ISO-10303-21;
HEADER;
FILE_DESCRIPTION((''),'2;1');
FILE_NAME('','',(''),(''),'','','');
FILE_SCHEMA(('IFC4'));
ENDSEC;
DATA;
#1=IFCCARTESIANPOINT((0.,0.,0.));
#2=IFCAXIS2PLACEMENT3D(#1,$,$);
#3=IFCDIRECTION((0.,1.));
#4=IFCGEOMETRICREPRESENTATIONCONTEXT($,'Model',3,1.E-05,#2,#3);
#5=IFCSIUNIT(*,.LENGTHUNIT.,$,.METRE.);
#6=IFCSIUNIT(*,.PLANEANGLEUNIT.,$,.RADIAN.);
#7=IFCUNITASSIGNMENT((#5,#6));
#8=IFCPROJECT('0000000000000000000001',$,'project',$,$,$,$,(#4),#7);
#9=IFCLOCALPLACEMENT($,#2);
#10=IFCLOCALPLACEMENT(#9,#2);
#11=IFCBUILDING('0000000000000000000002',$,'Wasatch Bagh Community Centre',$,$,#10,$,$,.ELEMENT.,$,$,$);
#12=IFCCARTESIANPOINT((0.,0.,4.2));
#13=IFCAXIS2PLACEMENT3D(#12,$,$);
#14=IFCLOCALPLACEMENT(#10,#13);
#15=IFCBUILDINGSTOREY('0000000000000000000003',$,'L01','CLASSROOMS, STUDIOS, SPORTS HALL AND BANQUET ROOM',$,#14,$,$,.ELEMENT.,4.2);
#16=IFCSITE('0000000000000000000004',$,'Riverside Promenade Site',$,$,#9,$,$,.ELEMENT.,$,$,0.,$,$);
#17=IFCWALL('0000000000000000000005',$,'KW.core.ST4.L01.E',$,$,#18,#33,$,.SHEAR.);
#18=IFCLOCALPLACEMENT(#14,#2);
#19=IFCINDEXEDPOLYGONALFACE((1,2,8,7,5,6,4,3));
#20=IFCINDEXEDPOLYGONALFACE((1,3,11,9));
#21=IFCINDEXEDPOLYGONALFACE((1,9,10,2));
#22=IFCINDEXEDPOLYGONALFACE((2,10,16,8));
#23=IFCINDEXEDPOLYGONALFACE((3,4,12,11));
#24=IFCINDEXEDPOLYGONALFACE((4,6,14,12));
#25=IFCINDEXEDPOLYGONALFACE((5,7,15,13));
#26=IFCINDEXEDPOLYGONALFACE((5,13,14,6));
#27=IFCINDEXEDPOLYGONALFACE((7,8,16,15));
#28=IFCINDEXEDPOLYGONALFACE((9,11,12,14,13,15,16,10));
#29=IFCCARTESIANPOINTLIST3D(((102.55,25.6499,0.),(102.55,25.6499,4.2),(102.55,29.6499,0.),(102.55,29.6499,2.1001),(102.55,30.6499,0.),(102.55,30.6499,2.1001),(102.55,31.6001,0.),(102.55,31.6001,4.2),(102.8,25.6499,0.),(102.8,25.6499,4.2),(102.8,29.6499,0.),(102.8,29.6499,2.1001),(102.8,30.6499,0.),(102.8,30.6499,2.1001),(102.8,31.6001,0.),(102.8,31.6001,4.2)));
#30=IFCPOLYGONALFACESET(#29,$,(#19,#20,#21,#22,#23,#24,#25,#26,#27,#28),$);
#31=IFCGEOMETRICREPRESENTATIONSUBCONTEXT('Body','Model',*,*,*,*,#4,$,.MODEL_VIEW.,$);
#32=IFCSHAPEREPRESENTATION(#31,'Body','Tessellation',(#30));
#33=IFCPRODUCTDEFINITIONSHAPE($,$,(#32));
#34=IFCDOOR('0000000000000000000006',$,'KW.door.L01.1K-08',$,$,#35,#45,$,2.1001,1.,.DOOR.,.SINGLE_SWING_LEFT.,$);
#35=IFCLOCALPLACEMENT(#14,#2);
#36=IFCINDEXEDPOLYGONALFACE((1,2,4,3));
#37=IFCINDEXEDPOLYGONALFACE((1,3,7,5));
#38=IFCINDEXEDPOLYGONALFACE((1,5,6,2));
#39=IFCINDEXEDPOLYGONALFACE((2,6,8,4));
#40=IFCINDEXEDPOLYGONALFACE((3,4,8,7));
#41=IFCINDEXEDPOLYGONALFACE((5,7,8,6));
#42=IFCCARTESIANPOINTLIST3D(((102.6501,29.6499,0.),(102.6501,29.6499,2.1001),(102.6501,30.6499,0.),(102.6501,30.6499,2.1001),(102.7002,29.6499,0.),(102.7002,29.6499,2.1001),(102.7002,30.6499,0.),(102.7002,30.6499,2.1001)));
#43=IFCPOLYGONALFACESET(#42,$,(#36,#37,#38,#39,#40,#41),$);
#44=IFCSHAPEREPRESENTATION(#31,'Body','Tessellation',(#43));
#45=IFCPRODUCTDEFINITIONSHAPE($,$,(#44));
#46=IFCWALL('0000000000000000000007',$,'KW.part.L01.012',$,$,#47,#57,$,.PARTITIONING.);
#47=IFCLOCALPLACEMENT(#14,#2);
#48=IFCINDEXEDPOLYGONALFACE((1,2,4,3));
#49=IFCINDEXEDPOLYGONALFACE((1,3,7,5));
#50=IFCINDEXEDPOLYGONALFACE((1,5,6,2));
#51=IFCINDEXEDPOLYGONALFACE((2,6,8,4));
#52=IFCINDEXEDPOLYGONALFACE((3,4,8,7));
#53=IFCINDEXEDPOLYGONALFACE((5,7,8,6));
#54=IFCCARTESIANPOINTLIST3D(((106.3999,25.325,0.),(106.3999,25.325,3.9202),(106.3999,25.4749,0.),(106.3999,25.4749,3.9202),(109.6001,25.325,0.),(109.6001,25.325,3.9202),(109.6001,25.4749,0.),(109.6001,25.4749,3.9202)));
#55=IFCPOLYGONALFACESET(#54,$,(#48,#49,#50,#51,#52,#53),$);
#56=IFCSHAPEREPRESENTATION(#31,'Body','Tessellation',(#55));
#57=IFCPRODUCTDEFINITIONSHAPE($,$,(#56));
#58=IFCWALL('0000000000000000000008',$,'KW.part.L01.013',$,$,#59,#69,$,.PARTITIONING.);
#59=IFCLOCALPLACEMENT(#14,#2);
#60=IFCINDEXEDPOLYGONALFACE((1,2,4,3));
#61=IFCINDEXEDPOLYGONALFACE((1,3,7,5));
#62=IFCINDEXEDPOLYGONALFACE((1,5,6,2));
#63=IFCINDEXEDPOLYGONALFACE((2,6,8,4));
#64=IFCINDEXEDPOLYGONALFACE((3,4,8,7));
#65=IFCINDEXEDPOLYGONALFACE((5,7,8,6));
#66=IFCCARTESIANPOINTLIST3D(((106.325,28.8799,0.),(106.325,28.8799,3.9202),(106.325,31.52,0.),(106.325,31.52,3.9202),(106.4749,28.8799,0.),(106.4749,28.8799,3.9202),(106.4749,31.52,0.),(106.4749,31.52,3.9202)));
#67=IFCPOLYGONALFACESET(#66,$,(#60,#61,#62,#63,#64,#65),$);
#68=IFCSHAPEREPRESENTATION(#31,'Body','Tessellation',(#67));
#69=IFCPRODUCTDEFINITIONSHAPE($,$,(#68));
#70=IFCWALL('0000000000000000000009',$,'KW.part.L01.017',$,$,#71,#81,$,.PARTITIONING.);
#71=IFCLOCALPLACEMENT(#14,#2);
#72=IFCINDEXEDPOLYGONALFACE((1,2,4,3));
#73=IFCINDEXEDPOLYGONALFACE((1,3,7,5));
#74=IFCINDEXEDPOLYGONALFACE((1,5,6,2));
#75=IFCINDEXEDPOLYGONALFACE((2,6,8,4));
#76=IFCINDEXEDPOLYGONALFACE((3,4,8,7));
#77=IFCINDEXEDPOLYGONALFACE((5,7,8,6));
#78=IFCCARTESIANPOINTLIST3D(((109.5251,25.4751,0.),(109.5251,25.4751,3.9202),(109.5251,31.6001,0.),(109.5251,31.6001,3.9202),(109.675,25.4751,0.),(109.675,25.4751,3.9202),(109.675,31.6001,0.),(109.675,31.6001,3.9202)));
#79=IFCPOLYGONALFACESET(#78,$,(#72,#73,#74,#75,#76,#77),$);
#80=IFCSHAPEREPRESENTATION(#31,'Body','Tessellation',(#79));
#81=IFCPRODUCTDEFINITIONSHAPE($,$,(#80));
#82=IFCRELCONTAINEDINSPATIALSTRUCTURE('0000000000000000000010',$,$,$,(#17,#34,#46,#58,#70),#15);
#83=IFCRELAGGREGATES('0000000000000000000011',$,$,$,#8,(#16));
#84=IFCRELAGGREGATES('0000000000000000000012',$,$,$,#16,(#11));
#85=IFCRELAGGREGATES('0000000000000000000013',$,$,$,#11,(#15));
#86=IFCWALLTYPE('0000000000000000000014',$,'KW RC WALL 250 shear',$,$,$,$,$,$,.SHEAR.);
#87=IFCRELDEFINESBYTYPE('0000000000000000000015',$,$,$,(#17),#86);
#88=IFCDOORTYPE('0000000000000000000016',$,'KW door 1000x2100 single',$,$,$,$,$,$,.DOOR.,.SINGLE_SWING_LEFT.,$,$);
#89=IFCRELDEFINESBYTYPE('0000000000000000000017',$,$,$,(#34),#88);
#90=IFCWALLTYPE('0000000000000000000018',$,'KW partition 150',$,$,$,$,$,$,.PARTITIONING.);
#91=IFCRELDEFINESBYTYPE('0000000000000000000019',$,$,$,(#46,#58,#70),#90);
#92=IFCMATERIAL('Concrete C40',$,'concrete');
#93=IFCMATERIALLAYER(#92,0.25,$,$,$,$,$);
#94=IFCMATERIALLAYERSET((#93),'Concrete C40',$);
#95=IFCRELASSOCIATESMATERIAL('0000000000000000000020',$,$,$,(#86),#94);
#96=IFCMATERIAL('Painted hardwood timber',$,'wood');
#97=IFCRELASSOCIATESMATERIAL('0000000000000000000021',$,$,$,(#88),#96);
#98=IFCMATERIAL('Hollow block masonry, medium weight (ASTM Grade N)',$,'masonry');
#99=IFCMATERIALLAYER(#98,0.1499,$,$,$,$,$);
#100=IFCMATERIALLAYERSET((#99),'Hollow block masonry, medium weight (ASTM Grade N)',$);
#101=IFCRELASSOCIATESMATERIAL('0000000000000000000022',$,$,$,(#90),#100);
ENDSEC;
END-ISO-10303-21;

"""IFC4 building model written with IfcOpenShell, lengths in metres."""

from ifc_helpers import new_model, si_unit, direction, frame, frame_2d, origin, place, context, subcontext, project, spatial, rectangle, extrude, material, layer, layer_set, type_object, element, fill, save


model = new_model("IFC4")

# Units and contexts
model_context = context("Model", 3, precision=1e-05, world=origin(), true_north=direction((0.0, 1.0)))
body_context = subcontext(model_context, "Body", "Model", "MODEL_VIEW")
ifc_project = project(units=[si_unit("LENGTHUNIT", "METRE"), si_unit("PLANEANGLEUNIT", "RADIAN")], contexts=[model_context])

# Site, building, storey
site_placement = place(None, origin())
site = spatial("IfcSite", under=ifc_project, at=site_placement, Name="Riverside Promenade Site", CompositionType="ELEMENT", RefElevation=0.0)
building_placement = place(site_placement, origin())
building = spatial("IfcBuilding", under=site, at=building_placement, Name="Wasatch Bagh Community Centre", CompositionType="ELEMENT")
storey_placement = place(building_placement, frame((0.0, 0.0, 4.2)))
storey = spatial("IfcBuildingStorey", under=building, at=storey_placement, Name="L01", Description="CLASSROOMS, STUDIOS, SPORTS HALL AND BANQUET ROOM", CompositionType="ELEMENT", Elevation=4.2)

# Shared definitions
ifc_material_1 = material(Name="Concrete C40", Category="concrete")

# Wall, opening, door
ifc_layer_1 = layer(ifc_material_1, 0.25)
ifc_layer_set_1 = layer_set([ifc_layer_1], Name="Concrete C40")
wall_type_1 = type_object("IfcWallType", Name="KW RC WALL 250 shear", PredefinedType="SHEAR", material=ifc_layer_set_1)
wall_1_placement = place(storey_placement, frame((102.675, 25.6499, 0.0), z_axis=(0.0, 0.0, 1.0), x_axis=(0.0, 1.0, 0.0)))
wall_1 = element("IfcWall", 1, at=wall_1_placement, inside=storey, type_object=wall_type_1, Name="KW.core.ST4.L01.E", PredefinedType="SHEAR", context=body_context, shape_type="SweptSolid", body=[
    extrude(rectangle(XDim=5.9502, YDim=0.25, at=frame_2d((2.9751, 0.0))), origin(), (0.0, 0.0, 1.0), 4.2),
])
opening_1_placement = place(wall_1_placement, frame((4.0, 0.0, 0.0)))
opening_1 = element("IfcOpeningElement", 2, at=opening_1_placement, cuts=wall_1, PredefinedType="OPENING", context=body_context, shape_type="SweptSolid", body=[
    extrude(rectangle(XDim=1.0, YDim=2.1001, at=frame_2d((0.5, 1.05))), frame((0.0, 0.135, 0.0), z_axis=(0.0, -1.0, 0.0), x_axis=(1.0, 0.0, 0.0)), (0.0, 0.0, 1.0), 0.27),
])
ifc_material_2 = material(Name="Painted hardwood timber", Category="wood")
door_type_1 = type_object("IfcDoorType", Name="KW door 1000x2100 single", OperationType="SINGLE_SWING_LEFT", PredefinedType="DOOR", material=ifc_material_2)
door_1_placement = place(opening_1_placement, origin())
door_1 = element("IfcDoor", 3, at=door_1_placement, inside=storey, type_object=door_type_1, Name="KW.door.L01.1K-08", OperationType="SINGLE_SWING_LEFT", OverallHeight=2.1001, OverallWidth=1.0, PredefinedType="DOOR", context=body_context, shape_type="SweptSolid", body=[
    extrude(rectangle(XDim=1.0, YDim=2.1001, at=frame_2d((0.5, 1.05))), frame((0.0, 0.0249, 0.0), z_axis=(0.0, -1.0, 0.0), x_axis=(1.0, 0.0, 0.0)), (0.0, 0.0, 1.0), 0.05),
])
fill(opening_1, door_1)

# Walls
ifc_material_3 = material(Name="Hollow block masonry, medium weight (ASTM Grade N)", Category="masonry")
ifc_layer_2 = layer(ifc_material_3, 0.1499)
ifc_layer_set_2 = layer_set([ifc_layer_2], Name="Hollow block masonry, medium weight (ASTM Grade N)")
wall_type_2 = type_object("IfcWallType", Name="KW partition 150", PredefinedType="PARTITIONING", material=ifc_layer_set_2)
wall_2_placement = place(storey_placement, frame((106.3999, 25.3999, 0.0), z_axis=(0.0, 0.0, 1.0), x_axis=(1.0, 0.0, 0.0)))
element("IfcWall", 4, at=wall_2_placement, inside=storey, type_object=wall_type_2, Name="KW.part.L01.012", PredefinedType="PARTITIONING", context=body_context, shape_type="SweptSolid", body=[
    extrude(rectangle(XDim=3.2002, YDim=0.1499, at=frame_2d((1.6001, 0.0))), origin(), (0.0, 0.0, 1.0), 3.9202),
])
wall_3_placement = place(storey_placement, frame((106.3999, 31.52, 0.0), z_axis=(0.0, 0.0, 1.0), x_axis=(0.0, -1.0, 0.0)))
element("IfcWall", 5, at=wall_3_placement, inside=storey, type_object=wall_type_2, Name="KW.part.L01.013", PredefinedType="PARTITIONING", context=body_context, shape_type="SweptSolid", body=[
    extrude(rectangle(XDim=2.6401, YDim=0.1499, at=frame_2d((1.3201, 0.0))), origin(), (0.0, 0.0, 1.0), 3.9202),
])
wall_4_placement = place(storey_placement, frame((109.6001, 25.4751, 0.0), z_axis=(0.0, 0.0, 1.0), x_axis=(0.0, 1.0, 0.0)))
element("IfcWall", 6, at=wall_4_placement, inside=storey, type_object=wall_type_2, Name="KW.part.L01.017", PredefinedType="PARTITIONING", context=body_context, shape_type="SweptSolid", body=[
    extrude(rectangle(XDim=6.125, YDim=0.1499, at=frame_2d((3.0625, 0.0))), origin(), (0.0, 0.0, 1.0), 3.9202),
])

save(model, "model.ifc")
